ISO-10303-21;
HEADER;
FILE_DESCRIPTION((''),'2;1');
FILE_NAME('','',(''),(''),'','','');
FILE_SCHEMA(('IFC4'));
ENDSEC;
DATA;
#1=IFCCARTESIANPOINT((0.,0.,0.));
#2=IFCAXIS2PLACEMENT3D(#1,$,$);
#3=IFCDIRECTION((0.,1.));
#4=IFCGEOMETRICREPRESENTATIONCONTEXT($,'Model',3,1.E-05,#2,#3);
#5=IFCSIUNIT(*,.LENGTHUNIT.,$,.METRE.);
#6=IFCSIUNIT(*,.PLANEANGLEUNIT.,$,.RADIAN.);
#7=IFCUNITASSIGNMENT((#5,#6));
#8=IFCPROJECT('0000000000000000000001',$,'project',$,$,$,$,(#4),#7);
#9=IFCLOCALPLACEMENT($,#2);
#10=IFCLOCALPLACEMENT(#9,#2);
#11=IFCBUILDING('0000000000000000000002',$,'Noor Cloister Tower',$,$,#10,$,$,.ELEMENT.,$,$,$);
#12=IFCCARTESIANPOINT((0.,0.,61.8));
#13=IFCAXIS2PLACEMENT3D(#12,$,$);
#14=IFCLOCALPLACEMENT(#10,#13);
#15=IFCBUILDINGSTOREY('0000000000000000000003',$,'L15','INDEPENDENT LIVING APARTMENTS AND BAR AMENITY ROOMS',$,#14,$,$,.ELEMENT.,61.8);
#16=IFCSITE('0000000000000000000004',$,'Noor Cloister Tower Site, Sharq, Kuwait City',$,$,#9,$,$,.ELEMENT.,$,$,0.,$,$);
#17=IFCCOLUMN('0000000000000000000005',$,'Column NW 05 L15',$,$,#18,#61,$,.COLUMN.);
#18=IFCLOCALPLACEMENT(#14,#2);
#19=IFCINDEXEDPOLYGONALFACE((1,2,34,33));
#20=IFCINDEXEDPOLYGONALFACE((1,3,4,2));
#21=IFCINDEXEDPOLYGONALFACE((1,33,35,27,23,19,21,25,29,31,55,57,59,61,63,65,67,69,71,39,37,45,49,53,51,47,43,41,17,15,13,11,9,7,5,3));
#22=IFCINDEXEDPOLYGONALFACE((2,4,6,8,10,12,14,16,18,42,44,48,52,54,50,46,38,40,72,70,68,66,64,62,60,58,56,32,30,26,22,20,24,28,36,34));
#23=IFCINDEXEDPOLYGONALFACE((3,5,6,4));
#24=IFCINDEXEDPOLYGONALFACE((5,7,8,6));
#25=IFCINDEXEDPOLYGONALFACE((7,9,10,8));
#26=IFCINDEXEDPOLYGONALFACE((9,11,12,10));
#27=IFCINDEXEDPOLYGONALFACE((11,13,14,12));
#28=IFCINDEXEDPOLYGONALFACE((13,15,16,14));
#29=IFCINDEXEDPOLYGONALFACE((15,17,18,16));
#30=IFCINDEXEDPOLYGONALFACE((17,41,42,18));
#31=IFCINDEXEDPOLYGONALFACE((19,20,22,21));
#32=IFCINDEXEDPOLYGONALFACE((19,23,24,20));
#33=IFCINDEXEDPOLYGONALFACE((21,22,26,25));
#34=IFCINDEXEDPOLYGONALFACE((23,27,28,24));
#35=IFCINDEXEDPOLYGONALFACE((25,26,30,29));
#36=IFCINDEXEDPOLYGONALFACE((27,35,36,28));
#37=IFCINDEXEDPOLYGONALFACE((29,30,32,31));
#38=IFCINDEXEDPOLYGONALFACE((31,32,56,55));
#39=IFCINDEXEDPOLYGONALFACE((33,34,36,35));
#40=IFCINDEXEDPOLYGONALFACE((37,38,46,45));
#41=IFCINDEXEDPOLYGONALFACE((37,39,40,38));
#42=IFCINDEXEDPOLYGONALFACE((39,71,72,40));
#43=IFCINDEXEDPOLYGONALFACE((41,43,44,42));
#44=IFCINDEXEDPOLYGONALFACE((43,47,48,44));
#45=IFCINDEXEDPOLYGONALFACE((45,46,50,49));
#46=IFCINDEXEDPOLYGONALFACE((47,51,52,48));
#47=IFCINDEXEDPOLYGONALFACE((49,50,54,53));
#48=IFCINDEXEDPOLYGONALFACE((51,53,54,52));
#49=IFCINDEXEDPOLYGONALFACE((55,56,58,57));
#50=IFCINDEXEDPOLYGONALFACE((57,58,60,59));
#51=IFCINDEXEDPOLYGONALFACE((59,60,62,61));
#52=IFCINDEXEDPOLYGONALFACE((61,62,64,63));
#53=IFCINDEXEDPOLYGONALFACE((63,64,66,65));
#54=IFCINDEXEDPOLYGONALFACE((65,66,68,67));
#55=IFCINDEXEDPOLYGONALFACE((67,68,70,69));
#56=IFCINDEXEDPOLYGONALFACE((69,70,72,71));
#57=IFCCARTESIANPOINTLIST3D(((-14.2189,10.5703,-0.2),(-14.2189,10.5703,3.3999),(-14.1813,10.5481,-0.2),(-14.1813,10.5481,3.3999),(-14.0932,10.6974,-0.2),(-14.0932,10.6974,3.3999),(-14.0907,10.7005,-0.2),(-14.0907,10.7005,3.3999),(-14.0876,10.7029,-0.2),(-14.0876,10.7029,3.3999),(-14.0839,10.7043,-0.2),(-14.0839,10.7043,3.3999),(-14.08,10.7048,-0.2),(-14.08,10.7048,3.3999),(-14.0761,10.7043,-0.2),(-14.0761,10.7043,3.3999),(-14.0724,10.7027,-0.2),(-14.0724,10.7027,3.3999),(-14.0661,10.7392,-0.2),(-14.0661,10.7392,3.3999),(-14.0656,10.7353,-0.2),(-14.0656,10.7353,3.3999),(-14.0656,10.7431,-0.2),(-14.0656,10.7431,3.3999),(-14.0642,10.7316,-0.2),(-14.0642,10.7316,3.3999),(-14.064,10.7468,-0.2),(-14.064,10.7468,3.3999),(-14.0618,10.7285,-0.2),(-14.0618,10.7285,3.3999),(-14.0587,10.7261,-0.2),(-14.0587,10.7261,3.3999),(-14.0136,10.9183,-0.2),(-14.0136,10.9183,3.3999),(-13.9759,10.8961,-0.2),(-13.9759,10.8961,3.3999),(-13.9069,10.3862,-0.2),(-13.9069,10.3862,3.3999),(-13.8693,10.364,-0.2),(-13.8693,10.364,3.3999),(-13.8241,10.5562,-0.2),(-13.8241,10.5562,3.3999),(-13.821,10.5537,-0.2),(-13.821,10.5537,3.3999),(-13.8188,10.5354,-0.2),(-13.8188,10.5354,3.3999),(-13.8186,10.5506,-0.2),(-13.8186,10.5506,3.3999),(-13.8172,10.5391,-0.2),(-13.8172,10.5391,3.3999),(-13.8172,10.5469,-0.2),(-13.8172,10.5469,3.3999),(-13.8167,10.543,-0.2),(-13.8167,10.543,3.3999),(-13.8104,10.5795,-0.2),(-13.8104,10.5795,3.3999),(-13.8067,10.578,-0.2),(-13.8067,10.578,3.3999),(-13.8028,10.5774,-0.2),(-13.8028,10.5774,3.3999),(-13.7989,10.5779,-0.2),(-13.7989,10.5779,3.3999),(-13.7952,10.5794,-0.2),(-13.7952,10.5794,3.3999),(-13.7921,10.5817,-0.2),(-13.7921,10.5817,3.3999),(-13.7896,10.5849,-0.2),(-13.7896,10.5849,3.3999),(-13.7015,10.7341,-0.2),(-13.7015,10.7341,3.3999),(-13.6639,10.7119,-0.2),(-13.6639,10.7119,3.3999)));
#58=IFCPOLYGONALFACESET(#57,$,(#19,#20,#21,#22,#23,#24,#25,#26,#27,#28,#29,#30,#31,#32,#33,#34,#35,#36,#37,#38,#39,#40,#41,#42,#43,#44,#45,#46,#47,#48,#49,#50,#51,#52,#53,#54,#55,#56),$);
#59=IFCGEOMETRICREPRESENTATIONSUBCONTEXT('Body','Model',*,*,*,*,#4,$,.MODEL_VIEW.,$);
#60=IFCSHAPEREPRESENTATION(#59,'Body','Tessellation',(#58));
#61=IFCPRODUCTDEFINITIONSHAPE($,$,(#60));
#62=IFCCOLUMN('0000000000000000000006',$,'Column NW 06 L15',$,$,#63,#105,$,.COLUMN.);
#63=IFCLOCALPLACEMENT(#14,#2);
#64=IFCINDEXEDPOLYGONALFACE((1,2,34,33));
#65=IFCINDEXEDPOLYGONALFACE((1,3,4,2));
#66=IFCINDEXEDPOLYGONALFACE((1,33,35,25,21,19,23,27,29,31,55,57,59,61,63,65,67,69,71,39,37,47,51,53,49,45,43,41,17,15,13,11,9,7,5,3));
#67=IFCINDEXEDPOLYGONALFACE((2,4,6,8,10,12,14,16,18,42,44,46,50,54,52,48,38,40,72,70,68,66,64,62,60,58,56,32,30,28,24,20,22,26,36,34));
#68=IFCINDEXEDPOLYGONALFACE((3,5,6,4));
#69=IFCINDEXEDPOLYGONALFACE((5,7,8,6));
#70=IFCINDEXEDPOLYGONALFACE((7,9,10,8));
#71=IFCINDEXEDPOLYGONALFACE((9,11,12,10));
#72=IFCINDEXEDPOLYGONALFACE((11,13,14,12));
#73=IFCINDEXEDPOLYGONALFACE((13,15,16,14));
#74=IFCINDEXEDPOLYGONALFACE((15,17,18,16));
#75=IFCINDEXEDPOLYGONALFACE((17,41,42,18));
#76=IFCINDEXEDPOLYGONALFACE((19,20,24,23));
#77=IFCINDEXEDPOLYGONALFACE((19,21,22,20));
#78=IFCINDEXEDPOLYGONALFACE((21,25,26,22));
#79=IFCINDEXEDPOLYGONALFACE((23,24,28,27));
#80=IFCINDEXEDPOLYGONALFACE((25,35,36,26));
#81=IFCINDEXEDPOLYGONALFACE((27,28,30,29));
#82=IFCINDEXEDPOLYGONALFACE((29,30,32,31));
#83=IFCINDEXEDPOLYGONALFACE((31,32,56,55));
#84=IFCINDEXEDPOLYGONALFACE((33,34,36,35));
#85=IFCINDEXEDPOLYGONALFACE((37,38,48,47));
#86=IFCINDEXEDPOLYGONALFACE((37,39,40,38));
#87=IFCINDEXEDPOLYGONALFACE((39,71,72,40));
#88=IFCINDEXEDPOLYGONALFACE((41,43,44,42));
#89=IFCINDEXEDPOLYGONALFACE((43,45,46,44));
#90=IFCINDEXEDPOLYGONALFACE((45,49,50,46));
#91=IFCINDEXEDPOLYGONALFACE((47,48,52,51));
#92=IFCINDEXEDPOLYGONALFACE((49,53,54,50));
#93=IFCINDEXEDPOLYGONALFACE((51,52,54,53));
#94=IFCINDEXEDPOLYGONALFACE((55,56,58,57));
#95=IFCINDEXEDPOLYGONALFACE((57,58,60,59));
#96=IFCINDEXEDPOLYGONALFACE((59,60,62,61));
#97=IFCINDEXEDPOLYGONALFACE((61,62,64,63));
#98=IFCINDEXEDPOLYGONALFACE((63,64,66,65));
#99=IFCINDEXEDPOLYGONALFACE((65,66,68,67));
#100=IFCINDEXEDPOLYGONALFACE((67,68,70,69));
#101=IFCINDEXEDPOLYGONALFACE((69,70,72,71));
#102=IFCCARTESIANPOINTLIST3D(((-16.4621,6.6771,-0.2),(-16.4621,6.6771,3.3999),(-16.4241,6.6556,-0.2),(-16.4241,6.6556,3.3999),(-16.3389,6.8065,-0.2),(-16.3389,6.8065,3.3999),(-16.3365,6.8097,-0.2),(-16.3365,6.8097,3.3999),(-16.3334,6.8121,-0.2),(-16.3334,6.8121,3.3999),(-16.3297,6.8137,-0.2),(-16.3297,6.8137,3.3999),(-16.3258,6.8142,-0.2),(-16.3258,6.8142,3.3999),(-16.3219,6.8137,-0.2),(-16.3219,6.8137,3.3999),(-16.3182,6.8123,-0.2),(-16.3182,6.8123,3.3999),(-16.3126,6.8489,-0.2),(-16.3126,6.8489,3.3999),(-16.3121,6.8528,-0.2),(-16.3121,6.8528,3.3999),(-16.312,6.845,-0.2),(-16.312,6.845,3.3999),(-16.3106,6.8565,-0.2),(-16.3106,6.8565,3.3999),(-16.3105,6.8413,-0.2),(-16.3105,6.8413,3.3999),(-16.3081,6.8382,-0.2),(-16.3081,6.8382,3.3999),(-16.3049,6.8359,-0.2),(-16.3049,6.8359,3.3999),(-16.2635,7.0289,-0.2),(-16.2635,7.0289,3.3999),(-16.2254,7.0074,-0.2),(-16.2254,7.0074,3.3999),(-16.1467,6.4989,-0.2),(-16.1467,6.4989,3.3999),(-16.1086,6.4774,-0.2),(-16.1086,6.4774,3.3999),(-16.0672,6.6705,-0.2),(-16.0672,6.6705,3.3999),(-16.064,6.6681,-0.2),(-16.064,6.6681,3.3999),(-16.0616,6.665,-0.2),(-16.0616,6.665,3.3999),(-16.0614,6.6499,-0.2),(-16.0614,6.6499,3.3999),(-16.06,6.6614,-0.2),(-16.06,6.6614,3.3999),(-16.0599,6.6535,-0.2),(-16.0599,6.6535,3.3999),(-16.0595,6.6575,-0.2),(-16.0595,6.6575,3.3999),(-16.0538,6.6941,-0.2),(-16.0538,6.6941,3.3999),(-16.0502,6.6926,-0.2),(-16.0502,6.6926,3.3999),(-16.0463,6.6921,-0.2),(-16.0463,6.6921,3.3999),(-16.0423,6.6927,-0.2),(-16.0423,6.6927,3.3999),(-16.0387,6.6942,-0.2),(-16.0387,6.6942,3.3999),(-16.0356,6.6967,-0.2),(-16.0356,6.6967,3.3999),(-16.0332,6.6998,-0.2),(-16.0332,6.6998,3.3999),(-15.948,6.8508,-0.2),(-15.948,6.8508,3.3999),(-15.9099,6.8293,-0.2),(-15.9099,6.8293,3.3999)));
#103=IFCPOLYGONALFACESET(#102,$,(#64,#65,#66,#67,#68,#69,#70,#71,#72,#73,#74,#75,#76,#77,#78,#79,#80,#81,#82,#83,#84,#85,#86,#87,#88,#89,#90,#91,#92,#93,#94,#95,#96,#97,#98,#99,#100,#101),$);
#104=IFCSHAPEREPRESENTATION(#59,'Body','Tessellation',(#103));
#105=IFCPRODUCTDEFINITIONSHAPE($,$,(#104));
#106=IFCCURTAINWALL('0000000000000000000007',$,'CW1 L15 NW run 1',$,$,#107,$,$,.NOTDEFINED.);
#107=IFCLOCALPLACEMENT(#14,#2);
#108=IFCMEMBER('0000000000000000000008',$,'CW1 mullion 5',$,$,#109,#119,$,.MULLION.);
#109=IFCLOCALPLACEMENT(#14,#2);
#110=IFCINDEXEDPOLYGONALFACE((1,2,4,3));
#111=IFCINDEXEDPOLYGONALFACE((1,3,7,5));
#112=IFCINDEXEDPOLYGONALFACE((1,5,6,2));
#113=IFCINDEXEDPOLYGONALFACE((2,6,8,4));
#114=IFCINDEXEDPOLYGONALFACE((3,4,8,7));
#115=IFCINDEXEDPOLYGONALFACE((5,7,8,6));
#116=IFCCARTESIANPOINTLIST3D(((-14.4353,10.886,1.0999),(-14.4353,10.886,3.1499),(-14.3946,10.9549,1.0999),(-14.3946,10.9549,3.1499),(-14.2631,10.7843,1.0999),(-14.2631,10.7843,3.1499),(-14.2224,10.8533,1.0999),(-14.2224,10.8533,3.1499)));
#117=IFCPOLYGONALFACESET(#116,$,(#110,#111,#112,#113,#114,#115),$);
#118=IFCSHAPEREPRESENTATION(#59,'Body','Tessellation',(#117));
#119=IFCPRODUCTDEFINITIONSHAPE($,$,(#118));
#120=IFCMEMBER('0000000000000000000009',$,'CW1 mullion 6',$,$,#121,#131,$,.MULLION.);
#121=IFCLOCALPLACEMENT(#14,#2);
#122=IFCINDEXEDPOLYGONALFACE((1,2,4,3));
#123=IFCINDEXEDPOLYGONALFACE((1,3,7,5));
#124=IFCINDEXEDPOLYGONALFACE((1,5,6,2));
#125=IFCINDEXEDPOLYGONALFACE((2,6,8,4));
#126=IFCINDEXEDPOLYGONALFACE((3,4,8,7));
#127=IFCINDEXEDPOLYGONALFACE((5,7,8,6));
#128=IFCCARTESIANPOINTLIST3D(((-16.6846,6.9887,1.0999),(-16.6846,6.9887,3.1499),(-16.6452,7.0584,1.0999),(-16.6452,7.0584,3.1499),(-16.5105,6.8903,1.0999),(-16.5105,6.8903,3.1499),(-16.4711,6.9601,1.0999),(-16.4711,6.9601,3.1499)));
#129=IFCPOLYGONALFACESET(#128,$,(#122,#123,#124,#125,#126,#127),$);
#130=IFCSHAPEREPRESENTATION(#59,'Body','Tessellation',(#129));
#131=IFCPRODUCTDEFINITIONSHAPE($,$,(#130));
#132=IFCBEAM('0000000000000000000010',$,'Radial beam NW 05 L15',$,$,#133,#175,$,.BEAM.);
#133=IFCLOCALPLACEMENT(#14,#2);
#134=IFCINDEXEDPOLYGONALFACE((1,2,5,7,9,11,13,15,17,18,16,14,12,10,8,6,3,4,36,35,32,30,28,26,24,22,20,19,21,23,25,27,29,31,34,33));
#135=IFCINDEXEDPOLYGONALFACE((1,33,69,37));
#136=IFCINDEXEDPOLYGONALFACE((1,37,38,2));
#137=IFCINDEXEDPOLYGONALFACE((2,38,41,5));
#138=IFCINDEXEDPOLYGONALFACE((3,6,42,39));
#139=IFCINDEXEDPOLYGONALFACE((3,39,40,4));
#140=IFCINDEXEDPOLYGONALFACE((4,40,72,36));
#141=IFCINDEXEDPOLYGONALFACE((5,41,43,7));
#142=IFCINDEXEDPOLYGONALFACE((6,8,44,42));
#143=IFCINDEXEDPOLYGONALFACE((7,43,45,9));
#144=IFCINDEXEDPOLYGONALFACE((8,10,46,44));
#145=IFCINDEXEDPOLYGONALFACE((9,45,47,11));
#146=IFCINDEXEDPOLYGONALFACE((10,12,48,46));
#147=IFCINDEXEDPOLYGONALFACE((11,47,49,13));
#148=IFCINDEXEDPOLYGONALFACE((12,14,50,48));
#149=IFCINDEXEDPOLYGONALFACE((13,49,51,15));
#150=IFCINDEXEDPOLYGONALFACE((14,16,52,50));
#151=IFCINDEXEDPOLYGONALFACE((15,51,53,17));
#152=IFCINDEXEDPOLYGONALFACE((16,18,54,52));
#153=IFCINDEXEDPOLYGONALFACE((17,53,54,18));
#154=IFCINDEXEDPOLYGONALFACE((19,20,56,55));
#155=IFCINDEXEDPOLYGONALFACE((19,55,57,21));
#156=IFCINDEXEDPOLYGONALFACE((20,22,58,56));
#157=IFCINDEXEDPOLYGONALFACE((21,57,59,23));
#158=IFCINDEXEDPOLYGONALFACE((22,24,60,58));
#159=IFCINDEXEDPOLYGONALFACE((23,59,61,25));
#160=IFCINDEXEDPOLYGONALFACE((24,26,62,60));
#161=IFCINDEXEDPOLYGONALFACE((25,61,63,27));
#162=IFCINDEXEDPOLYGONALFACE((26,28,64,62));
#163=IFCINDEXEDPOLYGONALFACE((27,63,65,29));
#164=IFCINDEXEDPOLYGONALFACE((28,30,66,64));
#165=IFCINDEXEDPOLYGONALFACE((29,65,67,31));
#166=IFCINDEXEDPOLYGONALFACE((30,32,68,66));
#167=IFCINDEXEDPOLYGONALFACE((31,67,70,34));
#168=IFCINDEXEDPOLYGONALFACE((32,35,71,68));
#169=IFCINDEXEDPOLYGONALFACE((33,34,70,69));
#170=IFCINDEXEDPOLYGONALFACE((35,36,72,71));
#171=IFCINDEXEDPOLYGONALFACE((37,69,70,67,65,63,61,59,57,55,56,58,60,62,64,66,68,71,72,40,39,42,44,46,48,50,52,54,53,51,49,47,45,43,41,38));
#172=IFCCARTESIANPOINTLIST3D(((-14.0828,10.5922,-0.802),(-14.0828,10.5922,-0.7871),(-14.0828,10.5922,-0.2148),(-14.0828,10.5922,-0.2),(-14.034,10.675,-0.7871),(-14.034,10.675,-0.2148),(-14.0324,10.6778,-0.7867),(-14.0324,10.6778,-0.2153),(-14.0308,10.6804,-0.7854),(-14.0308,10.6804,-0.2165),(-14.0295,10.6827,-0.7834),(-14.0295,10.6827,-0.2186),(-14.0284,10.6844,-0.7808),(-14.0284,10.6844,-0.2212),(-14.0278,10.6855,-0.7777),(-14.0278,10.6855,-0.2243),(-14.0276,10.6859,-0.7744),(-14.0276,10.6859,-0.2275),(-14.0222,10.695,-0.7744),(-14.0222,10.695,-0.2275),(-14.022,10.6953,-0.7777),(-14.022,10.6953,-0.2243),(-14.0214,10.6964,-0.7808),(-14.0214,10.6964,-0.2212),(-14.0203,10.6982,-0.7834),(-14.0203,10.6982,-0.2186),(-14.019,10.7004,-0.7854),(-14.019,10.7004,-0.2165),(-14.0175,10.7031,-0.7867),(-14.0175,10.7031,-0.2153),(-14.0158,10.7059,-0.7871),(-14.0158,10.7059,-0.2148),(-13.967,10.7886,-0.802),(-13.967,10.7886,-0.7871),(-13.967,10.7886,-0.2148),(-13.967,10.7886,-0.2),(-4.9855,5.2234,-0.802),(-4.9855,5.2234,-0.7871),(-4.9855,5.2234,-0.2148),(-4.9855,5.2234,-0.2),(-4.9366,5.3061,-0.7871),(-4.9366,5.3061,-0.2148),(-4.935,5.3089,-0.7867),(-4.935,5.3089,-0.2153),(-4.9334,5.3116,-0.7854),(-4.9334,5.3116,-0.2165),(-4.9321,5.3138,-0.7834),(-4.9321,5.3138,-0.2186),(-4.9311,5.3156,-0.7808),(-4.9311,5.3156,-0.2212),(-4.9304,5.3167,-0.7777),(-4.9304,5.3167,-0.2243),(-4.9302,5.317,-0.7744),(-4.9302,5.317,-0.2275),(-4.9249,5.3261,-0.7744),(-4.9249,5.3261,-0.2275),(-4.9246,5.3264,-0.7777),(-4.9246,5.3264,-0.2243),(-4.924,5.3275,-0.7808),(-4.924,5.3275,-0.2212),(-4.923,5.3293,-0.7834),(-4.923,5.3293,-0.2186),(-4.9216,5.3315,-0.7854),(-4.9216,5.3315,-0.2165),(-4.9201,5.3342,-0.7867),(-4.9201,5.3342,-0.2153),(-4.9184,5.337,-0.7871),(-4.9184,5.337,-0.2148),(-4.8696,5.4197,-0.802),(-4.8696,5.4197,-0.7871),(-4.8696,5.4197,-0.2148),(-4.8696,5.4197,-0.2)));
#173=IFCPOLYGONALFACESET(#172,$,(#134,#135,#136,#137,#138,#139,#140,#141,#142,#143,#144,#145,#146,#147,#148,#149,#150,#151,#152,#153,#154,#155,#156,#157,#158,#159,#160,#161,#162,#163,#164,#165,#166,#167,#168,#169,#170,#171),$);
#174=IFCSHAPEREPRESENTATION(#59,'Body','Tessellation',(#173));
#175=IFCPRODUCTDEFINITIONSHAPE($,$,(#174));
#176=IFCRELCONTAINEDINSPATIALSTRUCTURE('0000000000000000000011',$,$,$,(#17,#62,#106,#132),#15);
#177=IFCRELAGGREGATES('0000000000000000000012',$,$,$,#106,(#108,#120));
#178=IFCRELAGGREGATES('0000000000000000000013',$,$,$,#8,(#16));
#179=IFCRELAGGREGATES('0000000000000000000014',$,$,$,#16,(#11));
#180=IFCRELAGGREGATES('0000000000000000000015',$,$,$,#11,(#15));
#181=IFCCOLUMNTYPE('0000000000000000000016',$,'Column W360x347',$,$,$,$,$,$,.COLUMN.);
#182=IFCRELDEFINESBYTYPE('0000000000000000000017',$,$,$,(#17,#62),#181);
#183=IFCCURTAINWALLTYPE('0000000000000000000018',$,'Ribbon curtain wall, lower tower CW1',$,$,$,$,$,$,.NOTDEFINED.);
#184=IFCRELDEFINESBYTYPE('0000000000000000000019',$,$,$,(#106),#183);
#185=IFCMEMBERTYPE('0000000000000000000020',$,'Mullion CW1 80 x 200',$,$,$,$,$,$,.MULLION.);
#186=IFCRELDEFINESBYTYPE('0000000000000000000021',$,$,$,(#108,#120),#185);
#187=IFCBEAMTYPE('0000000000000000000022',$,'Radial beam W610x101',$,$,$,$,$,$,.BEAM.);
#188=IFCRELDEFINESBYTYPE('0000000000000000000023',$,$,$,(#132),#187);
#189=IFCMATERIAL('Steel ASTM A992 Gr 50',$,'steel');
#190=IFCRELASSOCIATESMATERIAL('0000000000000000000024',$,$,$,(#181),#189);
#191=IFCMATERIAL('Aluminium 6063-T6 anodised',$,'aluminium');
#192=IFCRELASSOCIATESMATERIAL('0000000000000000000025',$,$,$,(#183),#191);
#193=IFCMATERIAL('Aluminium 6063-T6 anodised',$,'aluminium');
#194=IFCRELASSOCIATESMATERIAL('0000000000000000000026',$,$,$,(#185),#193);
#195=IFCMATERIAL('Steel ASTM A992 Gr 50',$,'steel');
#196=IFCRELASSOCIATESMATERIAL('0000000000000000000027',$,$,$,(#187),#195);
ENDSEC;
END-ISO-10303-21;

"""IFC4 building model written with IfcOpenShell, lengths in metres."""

from ifc_helpers import new_model, si_unit, direction, frame, origin, origin_2d, place, context, subcontext, project, spatial, rectangle, i_section, extrude, material, material_profile, profile_set, type_object, element, aggregate, save


model = new_model("IFC4")

# Units and contexts
model_context = context("Model", 3, precision=1e-05, world=origin(), true_north=direction((0.0, 1.0)))
body_context = subcontext(model_context, "Body", "Model", "MODEL_VIEW")
ifc_project = project(units=[si_unit("LENGTHUNIT", "METRE"), si_unit("PLANEANGLEUNIT", "RADIAN")], contexts=[model_context])

# Site, building, storey
site_placement = place(None, origin())
site = spatial("IfcSite", under=ifc_project, at=site_placement, Name="Noor Cloister Tower Site, Sharq, Kuwait City", CompositionType="ELEMENT", RefElevation=0.0)
building_placement = place(site_placement, origin())
building = spatial("IfcBuilding", under=site, at=building_placement, Name="Noor Cloister Tower", CompositionType="ELEMENT")
storey_placement = place(building_placement, frame((0.0, 0.0, 61.8)))
storey = spatial("IfcBuildingStorey", under=building, at=storey_placement, Name="L15", Description="INDEPENDENT LIVING APARTMENTS AND BAR AMENITY ROOMS", CompositionType="ELEMENT", Elevation=61.8)

# Columns
ifc_material_1 = material(Name="Steel ASTM A992 Gr 50", Category="steel")
ifc_material_profile_1 = material_profile(ifc_material_1, i_section(OverallWidth=0.4041, OverallDepth=0.406, WebThickness=0.0271, FlangeThickness=0.0437, FilletRadius=0.0151, at=origin_2d()), Name="W360x347")
ifc_profile_set_1 = profile_set([ifc_material_profile_1], Name="Steel ASTM A992 Gr 50")
column_type = type_object("IfcColumnType", Name="Column W360x347", PredefinedType="COLUMN", material=ifc_profile_set_1)
for number, where, z_axis, x_axis, name in (
    (1, (-13.9414, 10.6411, -0.2), (0.0, 0.0, 1.0), (-0.508246, -0.861212, 0.0), "Column NW 05 L15"),
    (2, (-16.186, 6.7532, -0.2), (0.0, 0.0, 1.0), (-0.491708, -0.87076, 0.0), "Column NW 06 L15"),
):
    element("IfcColumn", number, at=place(storey_placement, frame(where, z_axis=z_axis, x_axis=x_axis)), inside=storey, type_object=column_type, Name=name, PredefinedType="COLUMN", context=body_context, shape_type="SweptSolid", body=[
        extrude(i_section(OverallWidth=0.4041, OverallDepth=0.406, WebThickness=0.0271, FlangeThickness=0.0437, FilletRadius=0.0151, at=origin_2d()), origin(), (0.0, 0.0, 1.0), 3.5999),
    ])

# Curtain wall, members
ifc_material_2 = material(Name="Aluminium 6063-T6 anodised", Category="aluminium")
curtain_wall_type = type_object("IfcCurtainWallType", Name="Ribbon curtain wall, lower tower CW1", PredefinedType="NOTDEFINED", material=ifc_material_2)
curtain_wall_placement = place(storey_placement, origin())
curtain_wall = element("IfcCurtainWall", 3, at=curtain_wall_placement, inside=storey, type_object=curtain_wall_type, Name="CW1 L15 NW run 1", PredefinedType="NOTDEFINED")
ifc_material_3 = material(Name="Aluminium 6063-T6 anodised", Category="aluminium")
ifc_material_profile_2 = material_profile(ifc_material_3, rectangle(XDim=0.2, YDim=0.0801, at=origin_2d()), Name="200 x 80 mullion")
ifc_profile_set_2 = profile_set([ifc_material_profile_2], Name="Aluminium 6063-T6 anodised")
member_type = type_object("IfcMemberType", Name="Mullion CW1 80 x 200", PredefinedType="MULLION", material=ifc_profile_set_2)
member_1_placement = place(storey_placement, frame((-14.3289, 10.8696, 1.0999), z_axis=(0.0, 0.0, 1.0), x_axis=(0.861212, -0.508246, 0.0)))
member_1 = element("IfcMember", 4, at=member_1_placement, type_object=member_type, Name="CW1 mullion 5", PredefinedType="MULLION", context=body_context, shape_type="SweptSolid", body=[
    extrude(rectangle(XDim=0.2, YDim=0.0801, at=origin_2d()), origin(), (0.0, 0.0, 1.0), 2.05),
])
member_2_placement = place(storey_placement, frame((-16.5779, 6.9744, 1.0999), z_axis=(0.0, 0.0, 1.0), x_axis=(0.87076, -0.491708, 0.0)))
member_2 = element("IfcMember", 5, at=member_2_placement, type_object=member_type, Name="CW1 mullion 6", PredefinedType="MULLION", context=body_context, shape_type="SweptSolid", body=[
    extrude(rectangle(XDim=0.2, YDim=0.0801, at=origin_2d()), origin(), (0.0, 0.0, 1.0), 2.05),
])

# Beam
ifc_material_4 = material(Name="Steel ASTM A992 Gr 50", Category="steel")
ifc_material_profile_3 = material_profile(ifc_material_4, i_section(OverallWidth=0.228, OverallDepth=0.6021, WebThickness=0.0105, FlangeThickness=0.0149, FilletRadius=0.0127, at=origin_2d()), Name="W610x101")
ifc_profile_set_3 = profile_set([ifc_material_profile_3], Name="Steel ASTM A992 Gr 50")
beam_type_1 = type_object("IfcBeamType", Name="Radial beam W610x101", PredefinedType="BEAM", material=ifc_profile_set_3)
beam_1_placement = place(storey_placement, frame((-14.0249, 10.6904, -0.501), z_axis=(0.86121, -0.508249, 0.0), x_axis=(0.508249, 0.86121, 0.0)))
element("IfcBeam", 6, at=beam_1_placement, inside=storey, type_object=beam_type_1, Name="Radial beam NW 05 L15", PredefinedType="BEAM", context=body_context, shape_type="SweptSolid", body=[
    extrude(i_section(OverallWidth=0.228, OverallDepth=0.6021, WebThickness=0.0105, FlangeThickness=0.0149, FilletRadius=0.0127, at=origin_2d()), origin(), (0.0, 0.0, 1.0), 10.5635),
])

aggregate(curtain_wall, [member_1, member_2])

save(model, "model.ifc")
